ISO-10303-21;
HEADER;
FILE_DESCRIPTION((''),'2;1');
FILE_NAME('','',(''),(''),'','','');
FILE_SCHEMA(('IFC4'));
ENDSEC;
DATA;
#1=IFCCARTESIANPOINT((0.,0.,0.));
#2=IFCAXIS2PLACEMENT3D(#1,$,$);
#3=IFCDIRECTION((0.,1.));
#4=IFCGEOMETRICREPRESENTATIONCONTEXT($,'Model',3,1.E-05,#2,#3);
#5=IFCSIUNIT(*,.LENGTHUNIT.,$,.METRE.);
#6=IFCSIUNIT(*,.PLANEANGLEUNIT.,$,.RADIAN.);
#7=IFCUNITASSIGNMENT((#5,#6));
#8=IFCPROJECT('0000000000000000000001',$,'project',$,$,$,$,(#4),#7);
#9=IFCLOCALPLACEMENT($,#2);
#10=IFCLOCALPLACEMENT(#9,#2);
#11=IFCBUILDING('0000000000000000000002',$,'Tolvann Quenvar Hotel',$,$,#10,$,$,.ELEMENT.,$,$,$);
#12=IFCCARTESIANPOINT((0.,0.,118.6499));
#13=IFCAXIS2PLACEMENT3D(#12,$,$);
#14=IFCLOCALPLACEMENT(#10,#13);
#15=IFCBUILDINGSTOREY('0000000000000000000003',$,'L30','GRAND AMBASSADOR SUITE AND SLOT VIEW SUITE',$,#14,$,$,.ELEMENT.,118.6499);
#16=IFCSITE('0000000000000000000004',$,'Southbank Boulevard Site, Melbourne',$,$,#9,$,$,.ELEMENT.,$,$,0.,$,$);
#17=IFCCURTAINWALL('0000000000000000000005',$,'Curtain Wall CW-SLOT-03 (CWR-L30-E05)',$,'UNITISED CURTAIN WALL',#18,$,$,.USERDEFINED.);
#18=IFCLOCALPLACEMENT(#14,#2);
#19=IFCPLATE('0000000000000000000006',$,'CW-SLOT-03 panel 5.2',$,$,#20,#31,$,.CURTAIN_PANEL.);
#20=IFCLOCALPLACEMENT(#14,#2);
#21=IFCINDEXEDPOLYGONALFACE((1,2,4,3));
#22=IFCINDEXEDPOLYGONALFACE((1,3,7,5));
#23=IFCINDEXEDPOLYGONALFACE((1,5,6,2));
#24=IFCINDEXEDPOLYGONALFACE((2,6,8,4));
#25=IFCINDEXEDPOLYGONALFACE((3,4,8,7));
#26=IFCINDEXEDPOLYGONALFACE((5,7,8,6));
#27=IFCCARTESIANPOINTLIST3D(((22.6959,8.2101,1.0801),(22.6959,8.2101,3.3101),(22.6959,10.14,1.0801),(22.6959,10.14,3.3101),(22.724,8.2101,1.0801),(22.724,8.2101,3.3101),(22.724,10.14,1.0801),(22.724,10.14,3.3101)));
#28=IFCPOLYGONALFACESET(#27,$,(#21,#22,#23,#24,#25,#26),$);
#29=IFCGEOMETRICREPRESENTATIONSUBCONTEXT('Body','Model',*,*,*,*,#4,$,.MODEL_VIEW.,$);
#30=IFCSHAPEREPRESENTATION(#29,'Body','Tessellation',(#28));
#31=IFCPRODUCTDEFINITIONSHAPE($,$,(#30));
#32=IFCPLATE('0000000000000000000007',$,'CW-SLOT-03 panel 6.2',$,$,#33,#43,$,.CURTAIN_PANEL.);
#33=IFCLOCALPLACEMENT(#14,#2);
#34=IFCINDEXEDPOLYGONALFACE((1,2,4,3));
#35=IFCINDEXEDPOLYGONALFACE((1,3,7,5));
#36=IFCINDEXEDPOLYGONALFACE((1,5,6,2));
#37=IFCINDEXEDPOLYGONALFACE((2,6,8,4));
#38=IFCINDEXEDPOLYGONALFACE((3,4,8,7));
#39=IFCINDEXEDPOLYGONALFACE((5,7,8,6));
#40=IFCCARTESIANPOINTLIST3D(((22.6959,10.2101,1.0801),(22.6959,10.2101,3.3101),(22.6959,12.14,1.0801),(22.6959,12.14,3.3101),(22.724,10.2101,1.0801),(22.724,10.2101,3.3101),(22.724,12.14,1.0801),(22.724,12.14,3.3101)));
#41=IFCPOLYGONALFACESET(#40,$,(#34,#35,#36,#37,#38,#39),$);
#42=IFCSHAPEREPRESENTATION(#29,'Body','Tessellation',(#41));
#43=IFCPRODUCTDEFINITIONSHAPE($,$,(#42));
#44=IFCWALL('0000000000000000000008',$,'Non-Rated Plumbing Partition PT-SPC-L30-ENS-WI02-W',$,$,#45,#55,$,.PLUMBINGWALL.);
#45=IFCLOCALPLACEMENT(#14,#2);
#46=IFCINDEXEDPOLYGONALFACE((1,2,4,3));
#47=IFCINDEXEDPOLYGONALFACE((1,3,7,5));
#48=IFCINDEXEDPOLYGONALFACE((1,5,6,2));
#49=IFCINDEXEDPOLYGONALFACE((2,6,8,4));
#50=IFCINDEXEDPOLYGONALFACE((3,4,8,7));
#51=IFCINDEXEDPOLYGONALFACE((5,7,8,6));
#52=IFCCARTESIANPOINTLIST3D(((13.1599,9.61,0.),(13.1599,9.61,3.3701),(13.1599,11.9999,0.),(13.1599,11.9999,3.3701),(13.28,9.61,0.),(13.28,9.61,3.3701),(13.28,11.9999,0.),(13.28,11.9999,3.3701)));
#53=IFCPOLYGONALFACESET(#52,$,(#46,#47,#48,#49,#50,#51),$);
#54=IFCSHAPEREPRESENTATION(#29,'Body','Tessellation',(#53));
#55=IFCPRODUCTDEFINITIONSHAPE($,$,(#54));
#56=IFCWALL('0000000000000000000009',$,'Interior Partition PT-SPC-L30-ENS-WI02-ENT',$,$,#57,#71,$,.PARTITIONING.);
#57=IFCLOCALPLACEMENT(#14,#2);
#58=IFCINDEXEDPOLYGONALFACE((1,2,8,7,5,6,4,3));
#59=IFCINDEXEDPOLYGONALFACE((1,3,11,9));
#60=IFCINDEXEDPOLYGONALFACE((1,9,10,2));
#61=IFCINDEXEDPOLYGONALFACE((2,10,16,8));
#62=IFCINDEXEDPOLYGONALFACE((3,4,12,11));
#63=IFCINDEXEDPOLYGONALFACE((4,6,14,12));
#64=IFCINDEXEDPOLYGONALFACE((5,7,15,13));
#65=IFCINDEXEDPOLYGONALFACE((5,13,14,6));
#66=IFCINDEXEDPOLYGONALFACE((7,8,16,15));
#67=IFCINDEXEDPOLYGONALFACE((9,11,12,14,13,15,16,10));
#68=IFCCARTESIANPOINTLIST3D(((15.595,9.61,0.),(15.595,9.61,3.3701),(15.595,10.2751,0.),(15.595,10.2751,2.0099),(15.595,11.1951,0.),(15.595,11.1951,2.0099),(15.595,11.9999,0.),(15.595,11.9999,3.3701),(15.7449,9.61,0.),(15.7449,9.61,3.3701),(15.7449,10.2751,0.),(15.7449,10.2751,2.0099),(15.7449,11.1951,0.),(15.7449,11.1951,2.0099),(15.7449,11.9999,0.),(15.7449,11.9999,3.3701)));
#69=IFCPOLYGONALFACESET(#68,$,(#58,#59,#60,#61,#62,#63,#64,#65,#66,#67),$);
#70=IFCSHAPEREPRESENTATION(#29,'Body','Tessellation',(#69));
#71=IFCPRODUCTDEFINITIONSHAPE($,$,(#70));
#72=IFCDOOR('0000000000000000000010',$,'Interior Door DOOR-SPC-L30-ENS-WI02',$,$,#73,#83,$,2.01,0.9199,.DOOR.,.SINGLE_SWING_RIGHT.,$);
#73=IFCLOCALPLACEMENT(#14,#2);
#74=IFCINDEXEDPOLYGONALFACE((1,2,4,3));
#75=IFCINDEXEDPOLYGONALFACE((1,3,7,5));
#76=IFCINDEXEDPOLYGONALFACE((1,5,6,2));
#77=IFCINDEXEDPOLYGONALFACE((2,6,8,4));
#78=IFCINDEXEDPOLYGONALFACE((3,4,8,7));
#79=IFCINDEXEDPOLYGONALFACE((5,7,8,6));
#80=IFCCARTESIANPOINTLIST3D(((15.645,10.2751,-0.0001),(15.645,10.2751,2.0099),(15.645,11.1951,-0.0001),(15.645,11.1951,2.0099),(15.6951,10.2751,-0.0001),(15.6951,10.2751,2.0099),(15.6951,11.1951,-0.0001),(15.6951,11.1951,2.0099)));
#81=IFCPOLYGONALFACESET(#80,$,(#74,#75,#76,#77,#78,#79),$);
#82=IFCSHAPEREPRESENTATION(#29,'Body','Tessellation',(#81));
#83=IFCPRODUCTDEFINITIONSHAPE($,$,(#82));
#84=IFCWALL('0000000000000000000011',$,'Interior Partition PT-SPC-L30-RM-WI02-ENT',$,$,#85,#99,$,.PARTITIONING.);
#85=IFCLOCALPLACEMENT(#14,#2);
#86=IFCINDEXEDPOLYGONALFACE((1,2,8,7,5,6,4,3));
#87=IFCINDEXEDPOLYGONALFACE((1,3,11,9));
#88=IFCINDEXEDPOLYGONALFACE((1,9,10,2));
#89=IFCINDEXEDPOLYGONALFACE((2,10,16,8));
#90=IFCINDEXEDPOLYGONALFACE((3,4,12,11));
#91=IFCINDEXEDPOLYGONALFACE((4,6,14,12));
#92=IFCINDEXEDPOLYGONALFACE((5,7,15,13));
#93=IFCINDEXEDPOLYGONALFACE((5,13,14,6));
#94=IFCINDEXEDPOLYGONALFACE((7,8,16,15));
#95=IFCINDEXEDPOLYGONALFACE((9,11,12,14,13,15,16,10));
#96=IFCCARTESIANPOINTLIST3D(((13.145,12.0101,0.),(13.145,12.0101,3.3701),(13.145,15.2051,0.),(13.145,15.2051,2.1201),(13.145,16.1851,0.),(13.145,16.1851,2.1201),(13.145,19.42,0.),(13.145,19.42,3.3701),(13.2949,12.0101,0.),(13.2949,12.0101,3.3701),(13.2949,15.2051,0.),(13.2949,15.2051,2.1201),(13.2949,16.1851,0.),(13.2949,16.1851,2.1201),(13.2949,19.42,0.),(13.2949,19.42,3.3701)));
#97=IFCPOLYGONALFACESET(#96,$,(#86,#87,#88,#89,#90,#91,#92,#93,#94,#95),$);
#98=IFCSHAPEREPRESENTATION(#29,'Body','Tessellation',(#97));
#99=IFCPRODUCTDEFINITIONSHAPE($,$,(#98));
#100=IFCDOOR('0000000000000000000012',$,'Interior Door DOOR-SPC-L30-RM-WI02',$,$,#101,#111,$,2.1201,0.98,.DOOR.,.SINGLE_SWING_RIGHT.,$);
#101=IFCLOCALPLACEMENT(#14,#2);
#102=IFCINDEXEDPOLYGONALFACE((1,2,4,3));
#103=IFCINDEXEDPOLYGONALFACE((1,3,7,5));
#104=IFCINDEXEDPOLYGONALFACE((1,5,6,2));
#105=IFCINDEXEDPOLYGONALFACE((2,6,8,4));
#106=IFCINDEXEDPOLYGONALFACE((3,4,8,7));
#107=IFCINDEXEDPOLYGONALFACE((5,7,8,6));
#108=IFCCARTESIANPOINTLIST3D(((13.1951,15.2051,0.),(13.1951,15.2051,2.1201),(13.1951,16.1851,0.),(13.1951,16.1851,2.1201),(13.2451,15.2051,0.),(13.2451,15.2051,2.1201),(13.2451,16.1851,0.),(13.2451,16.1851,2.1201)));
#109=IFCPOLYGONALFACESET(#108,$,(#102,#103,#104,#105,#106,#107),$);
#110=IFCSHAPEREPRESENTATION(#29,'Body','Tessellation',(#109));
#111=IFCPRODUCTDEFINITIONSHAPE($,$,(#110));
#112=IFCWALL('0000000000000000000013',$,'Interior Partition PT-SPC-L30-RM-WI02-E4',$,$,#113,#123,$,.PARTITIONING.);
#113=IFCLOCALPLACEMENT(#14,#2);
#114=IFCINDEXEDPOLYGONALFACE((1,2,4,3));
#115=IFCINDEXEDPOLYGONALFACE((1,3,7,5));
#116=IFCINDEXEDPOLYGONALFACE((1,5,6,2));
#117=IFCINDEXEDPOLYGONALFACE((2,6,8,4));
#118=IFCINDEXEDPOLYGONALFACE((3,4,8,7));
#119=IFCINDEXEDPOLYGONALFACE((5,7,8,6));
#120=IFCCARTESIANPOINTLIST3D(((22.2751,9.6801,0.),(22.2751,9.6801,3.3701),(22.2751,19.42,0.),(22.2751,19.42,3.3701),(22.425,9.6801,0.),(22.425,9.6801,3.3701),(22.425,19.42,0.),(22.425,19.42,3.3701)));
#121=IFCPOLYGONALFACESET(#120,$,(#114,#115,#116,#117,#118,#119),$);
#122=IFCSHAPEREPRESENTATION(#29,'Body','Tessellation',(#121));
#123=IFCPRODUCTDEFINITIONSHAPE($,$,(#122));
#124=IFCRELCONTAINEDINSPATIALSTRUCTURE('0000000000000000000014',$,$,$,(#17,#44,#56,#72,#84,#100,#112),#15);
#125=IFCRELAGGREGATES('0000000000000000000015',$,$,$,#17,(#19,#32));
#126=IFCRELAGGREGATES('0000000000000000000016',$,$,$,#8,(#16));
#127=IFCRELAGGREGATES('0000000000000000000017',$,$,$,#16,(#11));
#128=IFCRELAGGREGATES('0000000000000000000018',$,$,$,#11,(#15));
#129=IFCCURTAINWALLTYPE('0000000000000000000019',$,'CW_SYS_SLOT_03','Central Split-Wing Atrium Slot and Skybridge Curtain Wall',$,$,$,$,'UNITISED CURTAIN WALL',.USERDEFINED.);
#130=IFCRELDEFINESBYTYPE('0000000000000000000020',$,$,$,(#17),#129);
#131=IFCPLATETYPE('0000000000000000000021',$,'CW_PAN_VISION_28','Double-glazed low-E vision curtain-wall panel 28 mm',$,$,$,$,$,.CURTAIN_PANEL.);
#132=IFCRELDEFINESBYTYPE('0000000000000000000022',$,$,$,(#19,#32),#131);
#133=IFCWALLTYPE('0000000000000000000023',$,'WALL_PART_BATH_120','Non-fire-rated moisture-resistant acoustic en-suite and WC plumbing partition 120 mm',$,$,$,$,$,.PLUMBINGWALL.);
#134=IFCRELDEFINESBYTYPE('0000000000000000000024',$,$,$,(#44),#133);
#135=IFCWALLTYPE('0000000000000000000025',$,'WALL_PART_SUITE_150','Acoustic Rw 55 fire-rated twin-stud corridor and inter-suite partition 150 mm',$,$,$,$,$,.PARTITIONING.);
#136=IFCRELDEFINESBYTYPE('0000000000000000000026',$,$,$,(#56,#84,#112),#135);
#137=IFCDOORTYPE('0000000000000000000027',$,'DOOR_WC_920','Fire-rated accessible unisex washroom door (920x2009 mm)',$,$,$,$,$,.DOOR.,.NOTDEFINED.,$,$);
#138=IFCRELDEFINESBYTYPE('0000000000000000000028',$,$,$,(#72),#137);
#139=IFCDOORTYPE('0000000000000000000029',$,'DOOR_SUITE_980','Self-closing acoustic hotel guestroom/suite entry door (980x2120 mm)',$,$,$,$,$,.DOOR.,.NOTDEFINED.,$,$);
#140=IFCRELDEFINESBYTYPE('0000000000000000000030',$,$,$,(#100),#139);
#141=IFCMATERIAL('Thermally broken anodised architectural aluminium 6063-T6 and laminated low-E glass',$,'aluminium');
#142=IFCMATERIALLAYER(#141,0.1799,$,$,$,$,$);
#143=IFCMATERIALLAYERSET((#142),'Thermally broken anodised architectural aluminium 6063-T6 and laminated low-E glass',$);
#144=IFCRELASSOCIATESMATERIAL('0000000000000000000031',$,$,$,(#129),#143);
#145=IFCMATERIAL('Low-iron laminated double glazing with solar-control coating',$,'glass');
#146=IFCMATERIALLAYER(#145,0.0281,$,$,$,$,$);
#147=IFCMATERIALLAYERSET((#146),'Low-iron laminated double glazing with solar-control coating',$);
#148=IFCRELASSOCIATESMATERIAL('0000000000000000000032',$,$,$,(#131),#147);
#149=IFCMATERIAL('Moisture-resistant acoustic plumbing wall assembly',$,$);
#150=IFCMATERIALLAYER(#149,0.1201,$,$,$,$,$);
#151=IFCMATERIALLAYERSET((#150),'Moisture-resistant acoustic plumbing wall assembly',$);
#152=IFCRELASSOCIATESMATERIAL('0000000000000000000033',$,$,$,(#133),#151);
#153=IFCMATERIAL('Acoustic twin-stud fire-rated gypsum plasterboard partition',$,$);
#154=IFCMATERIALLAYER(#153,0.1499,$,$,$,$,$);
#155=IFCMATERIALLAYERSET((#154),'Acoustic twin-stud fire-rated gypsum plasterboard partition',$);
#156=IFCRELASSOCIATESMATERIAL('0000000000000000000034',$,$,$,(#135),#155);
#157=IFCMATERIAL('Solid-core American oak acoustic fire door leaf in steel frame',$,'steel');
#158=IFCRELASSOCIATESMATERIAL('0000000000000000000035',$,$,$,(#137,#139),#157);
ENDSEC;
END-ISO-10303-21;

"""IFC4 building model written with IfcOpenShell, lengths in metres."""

from ifc_helpers import new_model, si_unit, direction, frame, frame_2d, origin, origin_2d, place, context, subcontext, project, spatial, rectangle, extrude, source, transform, mapped, material, layer, layer_set, type_object, type_shapes, element, fill, aggregate, save


model = new_model("IFC4")

# Units and contexts
model_context = context("Model", 3, precision=1e-05, world=origin(), true_north=direction((0.0, 1.0)))
body_context = subcontext(model_context, "Body", "Model", "MODEL_VIEW")
ifc_project = project(units=[si_unit("LENGTHUNIT", "METRE"), si_unit("PLANEANGLEUNIT", "RADIAN")], contexts=[model_context])

# Site, building, storey
site_placement = place(None, origin())
site = spatial("IfcSite", under=ifc_project, at=site_placement, Name="Southbank Boulevard Site, Melbourne", CompositionType="ELEMENT", RefElevation=0.0)
building_placement = place(site_placement, origin())
building = spatial("IfcBuilding", under=site, at=building_placement, Name="Tolvann Quenvar Hotel", CompositionType="ELEMENT")
storey_placement = place(building_placement, frame((0.0, 0.0, 118.6499)))
storey = spatial("IfcBuildingStorey", under=building, at=storey_placement, Name="L30", Description="GRAND AMBASSADOR SUITE AND SLOT VIEW SUITE", CompositionType="ELEMENT", Elevation=118.6499)

# Curtain wall, plates
ifc_material_1 = material(Name="Thermally broken anodised architectural aluminium 6063-T6 and laminated low-E glass", Category="aluminium")
ifc_layer_1 = layer(ifc_material_1, 0.1799)
ifc_layer_set_1 = layer_set([ifc_layer_1], Name="Thermally broken anodised architectural aluminium 6063-T6 and laminated low-E glass")
curtain_wall_type = type_object("IfcCurtainWallType", Name="CW_SYS_SLOT_03", Description="Central Split-Wing Atrium Slot and Skybridge Curtain Wall", ElementType="UNITISED CURTAIN WALL", PredefinedType="USERDEFINED", material=ifc_layer_set_1)
curtain_wall_placement = place(storey_placement, origin())
curtain_wall = element("IfcCurtainWall", 1, at=curtain_wall_placement, inside=storey, type_object=curtain_wall_type, Name="Curtain Wall CW-SLOT-03 (CWR-L30-E05)", ObjectType="UNITISED CURTAIN WALL", PredefinedType="USERDEFINED")
ifc_material_2 = material(Name="Low-iron laminated double glazing with solar-control coating", Category="glass")
ifc_layer_2 = layer(ifc_material_2, 0.0281)
ifc_layer_set_2 = layer_set([ifc_layer_2], Name="Low-iron laminated double glazing with solar-control coating")
plate_type = type_object("IfcPlateType", Name="CW_PAN_VISION_28", Description="Double-glazed low-E vision curtain-wall panel 28 mm", PredefinedType="CURTAIN_PANEL", material=ifc_layer_set_2)
shared_shape_1 = source(origin(), body_context, "Body", "SweptSolid", [
    extrude(rectangle(XDim=1.9299, YDim=0.0281, at=origin_2d()), origin(), (0.0, 0.0, 1.0), 2.23),
])
plate_1_placement = place(storey_placement, frame((22.71, 9.175, 1.0801), z_axis=(0.0, 0.0, 1.0), x_axis=(0.0, 1.0, 0.0)))
plate_1 = element("IfcPlate", 2, at=plate_1_placement, type_object=plate_type, Name="CW-SLOT-03 panel 5.2", PredefinedType="CURTAIN_PANEL", context=body_context, shape_type="MappedRepresentation", body=[
    mapped(shared_shape_1, transform((0.0, 0.0, 0.0), x_axis=(1.0, 0.0, 0.0), y_axis=(0.0, 1.0, 0.0), z_axis=(0.0, 0.0, 1.0), scale=1.0)),
])
plate_2_placement = place(storey_placement, frame((22.71, 11.175, 1.0801), z_axis=(0.0, 0.0, 1.0), x_axis=(0.0, 1.0, 0.0)))
plate_2 = element("IfcPlate", 3, at=plate_2_placement, type_object=plate_type, Name="CW-SLOT-03 panel 6.2", PredefinedType="CURTAIN_PANEL", context=body_context, shape_type="MappedRepresentation", body=[
    mapped(shared_shape_1, transform((0.0, 0.0, 0.0), x_axis=(1.0, 0.0, 0.0), y_axis=(0.0, 1.0, 0.0), z_axis=(0.0, 0.0, 1.0), scale=1.0)),
])
aggregate(curtain_wall, [plate_1, plate_2])

# Wall
ifc_material_3 = material(Name="Moisture-resistant acoustic plumbing wall assembly")
ifc_layer_3 = layer(ifc_material_3, 0.1201)
ifc_layer_set_3 = layer_set([ifc_layer_3], Name="Moisture-resistant acoustic plumbing wall assembly")
wall_type_1 = type_object("IfcWallType", Name="WALL_PART_BATH_120", Description="Non-fire-rated moisture-resistant acoustic en-suite and WC plumbing partition 120 mm", PredefinedType="PLUMBINGWALL", material=ifc_layer_set_3)
wall_1_placement = place(storey_placement, frame((13.22, 9.6101, 0.0), z_axis=(0.0, 0.0, 1.0), x_axis=(0.0, 1.0, 0.0)))
element("IfcWall", 4, at=wall_1_placement, inside=storey, type_object=wall_type_1, Name="Non-Rated Plumbing Partition PT-SPC-L30-ENS-WI02-W", PredefinedType="PLUMBINGWALL", context=body_context, shape_type="SweptSolid", body=[
    extrude(rectangle(XDim=2.3899, YDim=0.1201, at=frame_2d((1.1948, 0.0))), origin(), (0.0, 0.0, 1.0), 3.3701),
])

# Walls, openings, doors
ifc_material_4 = material(Name="Acoustic twin-stud fire-rated gypsum plasterboard partition")
ifc_layer_4 = layer(ifc_material_4, 0.1499)
ifc_layer_set_4 = layer_set([ifc_layer_4], Name="Acoustic twin-stud fire-rated gypsum plasterboard partition")
wall_type_2 = type_object("IfcWallType", Name="WALL_PART_SUITE_150", Description="Acoustic Rw 55 fire-rated twin-stud corridor and inter-suite partition 150 mm", PredefinedType="PARTITIONING", material=ifc_layer_set_4)
wall_2_placement = place(storey_placement, frame((15.6699, 9.6101, 0.0), z_axis=(0.0, 0.0, 1.0), x_axis=(0.0, 1.0, 0.0)))
wall_2 = element("IfcWall", 5, at=wall_2_placement, inside=storey, type_object=wall_type_2, Name="Interior Partition PT-SPC-L30-ENS-WI02-ENT", PredefinedType="PARTITIONING", context=body_context, shape_type="SweptSolid", body=[
    extrude(rectangle(XDim=2.3899, YDim=0.1499, at=frame_2d((1.1948, 0.0))), origin(), (0.0, 0.0, 1.0), 3.3701),
])
opening_1_placement = place(wall_2_placement, frame((0.665, 0.0, 0.0)))
opening_1 = element("IfcOpeningElement", 6, at=opening_1_placement, cuts=wall_2, PredefinedType="OPENING", context=body_context, shape_type="SweptSolid", body=[
    extrude(rectangle(XDim=0.9199, YDim=2.01, at=frame_2d((0.46, 1.0049))), frame((0.0, 0.085, 0.0), z_axis=(0.0, -1.0, 0.0), x_axis=(1.0, 0.0, 0.0)), (0.0, 0.0, 1.0), 0.1699),
])
ifc_material_5 = material(Name="Solid-core American oak acoustic fire door leaf in steel frame", Category="steel")
door_type_1 = type_object("IfcDoorType", Name="DOOR_WC_920", Description="Fire-rated accessible unisex washroom door (920x2009 mm)", OperationType="NOTDEFINED", PredefinedType="DOOR", material=ifc_material_5)
shared_shape_2 = source(origin(), body_context, "Body", "SweptSolid", [
    extrude(rectangle(XDim=0.9199, YDim=2.01, at=frame_2d((0.46, 1.0049))), frame((0.0, 0.0249, 0.0), z_axis=(0.0, -1.0, 0.0), x_axis=(1.0, 0.0, 0.0)), (0.0, 0.0, 1.0), 0.05),
])
type_shapes(door_type_1, [shared_shape_2])
door_1_placement = place(opening_1_placement, origin())
door_1 = element("IfcDoor", 7, at=door_1_placement, inside=storey, type_object=door_type_1, Name="Interior Door DOOR-SPC-L30-ENS-WI02", OperationType="SINGLE_SWING_RIGHT", OverallHeight=2.01, OverallWidth=0.9199, PredefinedType="DOOR", context=body_context, shape_type="MappedRepresentation", body=[
    mapped(shared_shape_2, transform((0.0, 0.0, 0.0), x_axis=(1.0, 0.0, 0.0), y_axis=(0.0, 1.0, 0.0), z_axis=(0.0, 0.0, 1.0), scale=1.0)),
])
fill(opening_1, door_1)
wall_3_placement = place(storey_placement, frame((13.22, 12.01, 0.0), z_axis=(0.0, 0.0, 1.0), x_axis=(0.0, 1.0, 0.0)))
wall_3 = element("IfcWall", 8, at=wall_3_placement, inside=storey, type_object=wall_type_2, Name="Interior Partition PT-SPC-L30-RM-WI02-ENT", PredefinedType="PARTITIONING", context=body_context, shape_type="SweptSolid", body=[
    extrude(rectangle(XDim=7.4099, YDim=0.1499, at=frame_2d((3.7051, 0.0))), origin(), (0.0, 0.0, 1.0), 3.3701),
])
opening_2_placement = place(wall_3_placement, frame((3.1951, 0.0, 0.0)))
opening_2 = element("IfcOpeningElement", 9, at=opening_2_placement, cuts=wall_3, PredefinedType="OPENING", context=body_context, shape_type="SweptSolid", body=[
    extrude(rectangle(XDim=0.98, YDim=2.1201, at=frame_2d((0.49, 1.0601))), frame((0.0, 0.085, 0.0), z_axis=(0.0, -1.0, 0.0), x_axis=(1.0, 0.0, 0.0)), (0.0, 0.0, 1.0), 0.1699),
])
door_type_2 = type_object("IfcDoorType", Name="DOOR_SUITE_980", Description="Self-closing acoustic hotel guestroom/suite entry door (980x2120 mm)", OperationType="NOTDEFINED", PredefinedType="DOOR", material=ifc_material_5)
shared_shape_3 = source(origin(), body_context, "Body", "SweptSolid", [
    extrude(rectangle(XDim=0.98, YDim=2.1201, at=frame_2d((0.49, 1.0601))), frame((0.0, 0.0249, 0.0), z_axis=(0.0, -1.0, 0.0), x_axis=(1.0, 0.0, 0.0)), (0.0, 0.0, 1.0), 0.05),
])
type_shapes(door_type_2, [shared_shape_3])
door_2_placement = place(opening_2_placement, origin())
door_2 = element("IfcDoor", 10, at=door_2_placement, inside=storey, type_object=door_type_2, Name="Interior Door DOOR-SPC-L30-RM-WI02", OperationType="SINGLE_SWING_RIGHT", OverallHeight=2.1201, OverallWidth=0.98, PredefinedType="DOOR", context=body_context, shape_type="MappedRepresentation", body=[
    mapped(shared_shape_3, transform((0.0, 0.0, 0.0), x_axis=(1.0, 0.0, 0.0), y_axis=(0.0, 1.0, 0.0), z_axis=(0.0, 0.0, 1.0), scale=1.0)),
])
fill(opening_2, door_2)

# Wall
wall_4_placement = place(storey_placement, frame((22.3501, 9.6799, 0.0), z_axis=(0.0, 0.0, 1.0), x_axis=(0.0, 1.0, 0.0)))
element("IfcWall", 11, at=wall_4_placement, inside=storey, type_object=wall_type_2, Name="Interior Partition PT-SPC-L30-RM-WI02-E4", PredefinedType="PARTITIONING", context=body_context, shape_type="SweptSolid", body=[
    extrude(rectangle(XDim=9.74, YDim=0.1499, at=frame_2d((4.8701, 0.0))), origin(), (0.0, 0.0, 1.0), 3.3701),
])

save(model, "model.ifc")
